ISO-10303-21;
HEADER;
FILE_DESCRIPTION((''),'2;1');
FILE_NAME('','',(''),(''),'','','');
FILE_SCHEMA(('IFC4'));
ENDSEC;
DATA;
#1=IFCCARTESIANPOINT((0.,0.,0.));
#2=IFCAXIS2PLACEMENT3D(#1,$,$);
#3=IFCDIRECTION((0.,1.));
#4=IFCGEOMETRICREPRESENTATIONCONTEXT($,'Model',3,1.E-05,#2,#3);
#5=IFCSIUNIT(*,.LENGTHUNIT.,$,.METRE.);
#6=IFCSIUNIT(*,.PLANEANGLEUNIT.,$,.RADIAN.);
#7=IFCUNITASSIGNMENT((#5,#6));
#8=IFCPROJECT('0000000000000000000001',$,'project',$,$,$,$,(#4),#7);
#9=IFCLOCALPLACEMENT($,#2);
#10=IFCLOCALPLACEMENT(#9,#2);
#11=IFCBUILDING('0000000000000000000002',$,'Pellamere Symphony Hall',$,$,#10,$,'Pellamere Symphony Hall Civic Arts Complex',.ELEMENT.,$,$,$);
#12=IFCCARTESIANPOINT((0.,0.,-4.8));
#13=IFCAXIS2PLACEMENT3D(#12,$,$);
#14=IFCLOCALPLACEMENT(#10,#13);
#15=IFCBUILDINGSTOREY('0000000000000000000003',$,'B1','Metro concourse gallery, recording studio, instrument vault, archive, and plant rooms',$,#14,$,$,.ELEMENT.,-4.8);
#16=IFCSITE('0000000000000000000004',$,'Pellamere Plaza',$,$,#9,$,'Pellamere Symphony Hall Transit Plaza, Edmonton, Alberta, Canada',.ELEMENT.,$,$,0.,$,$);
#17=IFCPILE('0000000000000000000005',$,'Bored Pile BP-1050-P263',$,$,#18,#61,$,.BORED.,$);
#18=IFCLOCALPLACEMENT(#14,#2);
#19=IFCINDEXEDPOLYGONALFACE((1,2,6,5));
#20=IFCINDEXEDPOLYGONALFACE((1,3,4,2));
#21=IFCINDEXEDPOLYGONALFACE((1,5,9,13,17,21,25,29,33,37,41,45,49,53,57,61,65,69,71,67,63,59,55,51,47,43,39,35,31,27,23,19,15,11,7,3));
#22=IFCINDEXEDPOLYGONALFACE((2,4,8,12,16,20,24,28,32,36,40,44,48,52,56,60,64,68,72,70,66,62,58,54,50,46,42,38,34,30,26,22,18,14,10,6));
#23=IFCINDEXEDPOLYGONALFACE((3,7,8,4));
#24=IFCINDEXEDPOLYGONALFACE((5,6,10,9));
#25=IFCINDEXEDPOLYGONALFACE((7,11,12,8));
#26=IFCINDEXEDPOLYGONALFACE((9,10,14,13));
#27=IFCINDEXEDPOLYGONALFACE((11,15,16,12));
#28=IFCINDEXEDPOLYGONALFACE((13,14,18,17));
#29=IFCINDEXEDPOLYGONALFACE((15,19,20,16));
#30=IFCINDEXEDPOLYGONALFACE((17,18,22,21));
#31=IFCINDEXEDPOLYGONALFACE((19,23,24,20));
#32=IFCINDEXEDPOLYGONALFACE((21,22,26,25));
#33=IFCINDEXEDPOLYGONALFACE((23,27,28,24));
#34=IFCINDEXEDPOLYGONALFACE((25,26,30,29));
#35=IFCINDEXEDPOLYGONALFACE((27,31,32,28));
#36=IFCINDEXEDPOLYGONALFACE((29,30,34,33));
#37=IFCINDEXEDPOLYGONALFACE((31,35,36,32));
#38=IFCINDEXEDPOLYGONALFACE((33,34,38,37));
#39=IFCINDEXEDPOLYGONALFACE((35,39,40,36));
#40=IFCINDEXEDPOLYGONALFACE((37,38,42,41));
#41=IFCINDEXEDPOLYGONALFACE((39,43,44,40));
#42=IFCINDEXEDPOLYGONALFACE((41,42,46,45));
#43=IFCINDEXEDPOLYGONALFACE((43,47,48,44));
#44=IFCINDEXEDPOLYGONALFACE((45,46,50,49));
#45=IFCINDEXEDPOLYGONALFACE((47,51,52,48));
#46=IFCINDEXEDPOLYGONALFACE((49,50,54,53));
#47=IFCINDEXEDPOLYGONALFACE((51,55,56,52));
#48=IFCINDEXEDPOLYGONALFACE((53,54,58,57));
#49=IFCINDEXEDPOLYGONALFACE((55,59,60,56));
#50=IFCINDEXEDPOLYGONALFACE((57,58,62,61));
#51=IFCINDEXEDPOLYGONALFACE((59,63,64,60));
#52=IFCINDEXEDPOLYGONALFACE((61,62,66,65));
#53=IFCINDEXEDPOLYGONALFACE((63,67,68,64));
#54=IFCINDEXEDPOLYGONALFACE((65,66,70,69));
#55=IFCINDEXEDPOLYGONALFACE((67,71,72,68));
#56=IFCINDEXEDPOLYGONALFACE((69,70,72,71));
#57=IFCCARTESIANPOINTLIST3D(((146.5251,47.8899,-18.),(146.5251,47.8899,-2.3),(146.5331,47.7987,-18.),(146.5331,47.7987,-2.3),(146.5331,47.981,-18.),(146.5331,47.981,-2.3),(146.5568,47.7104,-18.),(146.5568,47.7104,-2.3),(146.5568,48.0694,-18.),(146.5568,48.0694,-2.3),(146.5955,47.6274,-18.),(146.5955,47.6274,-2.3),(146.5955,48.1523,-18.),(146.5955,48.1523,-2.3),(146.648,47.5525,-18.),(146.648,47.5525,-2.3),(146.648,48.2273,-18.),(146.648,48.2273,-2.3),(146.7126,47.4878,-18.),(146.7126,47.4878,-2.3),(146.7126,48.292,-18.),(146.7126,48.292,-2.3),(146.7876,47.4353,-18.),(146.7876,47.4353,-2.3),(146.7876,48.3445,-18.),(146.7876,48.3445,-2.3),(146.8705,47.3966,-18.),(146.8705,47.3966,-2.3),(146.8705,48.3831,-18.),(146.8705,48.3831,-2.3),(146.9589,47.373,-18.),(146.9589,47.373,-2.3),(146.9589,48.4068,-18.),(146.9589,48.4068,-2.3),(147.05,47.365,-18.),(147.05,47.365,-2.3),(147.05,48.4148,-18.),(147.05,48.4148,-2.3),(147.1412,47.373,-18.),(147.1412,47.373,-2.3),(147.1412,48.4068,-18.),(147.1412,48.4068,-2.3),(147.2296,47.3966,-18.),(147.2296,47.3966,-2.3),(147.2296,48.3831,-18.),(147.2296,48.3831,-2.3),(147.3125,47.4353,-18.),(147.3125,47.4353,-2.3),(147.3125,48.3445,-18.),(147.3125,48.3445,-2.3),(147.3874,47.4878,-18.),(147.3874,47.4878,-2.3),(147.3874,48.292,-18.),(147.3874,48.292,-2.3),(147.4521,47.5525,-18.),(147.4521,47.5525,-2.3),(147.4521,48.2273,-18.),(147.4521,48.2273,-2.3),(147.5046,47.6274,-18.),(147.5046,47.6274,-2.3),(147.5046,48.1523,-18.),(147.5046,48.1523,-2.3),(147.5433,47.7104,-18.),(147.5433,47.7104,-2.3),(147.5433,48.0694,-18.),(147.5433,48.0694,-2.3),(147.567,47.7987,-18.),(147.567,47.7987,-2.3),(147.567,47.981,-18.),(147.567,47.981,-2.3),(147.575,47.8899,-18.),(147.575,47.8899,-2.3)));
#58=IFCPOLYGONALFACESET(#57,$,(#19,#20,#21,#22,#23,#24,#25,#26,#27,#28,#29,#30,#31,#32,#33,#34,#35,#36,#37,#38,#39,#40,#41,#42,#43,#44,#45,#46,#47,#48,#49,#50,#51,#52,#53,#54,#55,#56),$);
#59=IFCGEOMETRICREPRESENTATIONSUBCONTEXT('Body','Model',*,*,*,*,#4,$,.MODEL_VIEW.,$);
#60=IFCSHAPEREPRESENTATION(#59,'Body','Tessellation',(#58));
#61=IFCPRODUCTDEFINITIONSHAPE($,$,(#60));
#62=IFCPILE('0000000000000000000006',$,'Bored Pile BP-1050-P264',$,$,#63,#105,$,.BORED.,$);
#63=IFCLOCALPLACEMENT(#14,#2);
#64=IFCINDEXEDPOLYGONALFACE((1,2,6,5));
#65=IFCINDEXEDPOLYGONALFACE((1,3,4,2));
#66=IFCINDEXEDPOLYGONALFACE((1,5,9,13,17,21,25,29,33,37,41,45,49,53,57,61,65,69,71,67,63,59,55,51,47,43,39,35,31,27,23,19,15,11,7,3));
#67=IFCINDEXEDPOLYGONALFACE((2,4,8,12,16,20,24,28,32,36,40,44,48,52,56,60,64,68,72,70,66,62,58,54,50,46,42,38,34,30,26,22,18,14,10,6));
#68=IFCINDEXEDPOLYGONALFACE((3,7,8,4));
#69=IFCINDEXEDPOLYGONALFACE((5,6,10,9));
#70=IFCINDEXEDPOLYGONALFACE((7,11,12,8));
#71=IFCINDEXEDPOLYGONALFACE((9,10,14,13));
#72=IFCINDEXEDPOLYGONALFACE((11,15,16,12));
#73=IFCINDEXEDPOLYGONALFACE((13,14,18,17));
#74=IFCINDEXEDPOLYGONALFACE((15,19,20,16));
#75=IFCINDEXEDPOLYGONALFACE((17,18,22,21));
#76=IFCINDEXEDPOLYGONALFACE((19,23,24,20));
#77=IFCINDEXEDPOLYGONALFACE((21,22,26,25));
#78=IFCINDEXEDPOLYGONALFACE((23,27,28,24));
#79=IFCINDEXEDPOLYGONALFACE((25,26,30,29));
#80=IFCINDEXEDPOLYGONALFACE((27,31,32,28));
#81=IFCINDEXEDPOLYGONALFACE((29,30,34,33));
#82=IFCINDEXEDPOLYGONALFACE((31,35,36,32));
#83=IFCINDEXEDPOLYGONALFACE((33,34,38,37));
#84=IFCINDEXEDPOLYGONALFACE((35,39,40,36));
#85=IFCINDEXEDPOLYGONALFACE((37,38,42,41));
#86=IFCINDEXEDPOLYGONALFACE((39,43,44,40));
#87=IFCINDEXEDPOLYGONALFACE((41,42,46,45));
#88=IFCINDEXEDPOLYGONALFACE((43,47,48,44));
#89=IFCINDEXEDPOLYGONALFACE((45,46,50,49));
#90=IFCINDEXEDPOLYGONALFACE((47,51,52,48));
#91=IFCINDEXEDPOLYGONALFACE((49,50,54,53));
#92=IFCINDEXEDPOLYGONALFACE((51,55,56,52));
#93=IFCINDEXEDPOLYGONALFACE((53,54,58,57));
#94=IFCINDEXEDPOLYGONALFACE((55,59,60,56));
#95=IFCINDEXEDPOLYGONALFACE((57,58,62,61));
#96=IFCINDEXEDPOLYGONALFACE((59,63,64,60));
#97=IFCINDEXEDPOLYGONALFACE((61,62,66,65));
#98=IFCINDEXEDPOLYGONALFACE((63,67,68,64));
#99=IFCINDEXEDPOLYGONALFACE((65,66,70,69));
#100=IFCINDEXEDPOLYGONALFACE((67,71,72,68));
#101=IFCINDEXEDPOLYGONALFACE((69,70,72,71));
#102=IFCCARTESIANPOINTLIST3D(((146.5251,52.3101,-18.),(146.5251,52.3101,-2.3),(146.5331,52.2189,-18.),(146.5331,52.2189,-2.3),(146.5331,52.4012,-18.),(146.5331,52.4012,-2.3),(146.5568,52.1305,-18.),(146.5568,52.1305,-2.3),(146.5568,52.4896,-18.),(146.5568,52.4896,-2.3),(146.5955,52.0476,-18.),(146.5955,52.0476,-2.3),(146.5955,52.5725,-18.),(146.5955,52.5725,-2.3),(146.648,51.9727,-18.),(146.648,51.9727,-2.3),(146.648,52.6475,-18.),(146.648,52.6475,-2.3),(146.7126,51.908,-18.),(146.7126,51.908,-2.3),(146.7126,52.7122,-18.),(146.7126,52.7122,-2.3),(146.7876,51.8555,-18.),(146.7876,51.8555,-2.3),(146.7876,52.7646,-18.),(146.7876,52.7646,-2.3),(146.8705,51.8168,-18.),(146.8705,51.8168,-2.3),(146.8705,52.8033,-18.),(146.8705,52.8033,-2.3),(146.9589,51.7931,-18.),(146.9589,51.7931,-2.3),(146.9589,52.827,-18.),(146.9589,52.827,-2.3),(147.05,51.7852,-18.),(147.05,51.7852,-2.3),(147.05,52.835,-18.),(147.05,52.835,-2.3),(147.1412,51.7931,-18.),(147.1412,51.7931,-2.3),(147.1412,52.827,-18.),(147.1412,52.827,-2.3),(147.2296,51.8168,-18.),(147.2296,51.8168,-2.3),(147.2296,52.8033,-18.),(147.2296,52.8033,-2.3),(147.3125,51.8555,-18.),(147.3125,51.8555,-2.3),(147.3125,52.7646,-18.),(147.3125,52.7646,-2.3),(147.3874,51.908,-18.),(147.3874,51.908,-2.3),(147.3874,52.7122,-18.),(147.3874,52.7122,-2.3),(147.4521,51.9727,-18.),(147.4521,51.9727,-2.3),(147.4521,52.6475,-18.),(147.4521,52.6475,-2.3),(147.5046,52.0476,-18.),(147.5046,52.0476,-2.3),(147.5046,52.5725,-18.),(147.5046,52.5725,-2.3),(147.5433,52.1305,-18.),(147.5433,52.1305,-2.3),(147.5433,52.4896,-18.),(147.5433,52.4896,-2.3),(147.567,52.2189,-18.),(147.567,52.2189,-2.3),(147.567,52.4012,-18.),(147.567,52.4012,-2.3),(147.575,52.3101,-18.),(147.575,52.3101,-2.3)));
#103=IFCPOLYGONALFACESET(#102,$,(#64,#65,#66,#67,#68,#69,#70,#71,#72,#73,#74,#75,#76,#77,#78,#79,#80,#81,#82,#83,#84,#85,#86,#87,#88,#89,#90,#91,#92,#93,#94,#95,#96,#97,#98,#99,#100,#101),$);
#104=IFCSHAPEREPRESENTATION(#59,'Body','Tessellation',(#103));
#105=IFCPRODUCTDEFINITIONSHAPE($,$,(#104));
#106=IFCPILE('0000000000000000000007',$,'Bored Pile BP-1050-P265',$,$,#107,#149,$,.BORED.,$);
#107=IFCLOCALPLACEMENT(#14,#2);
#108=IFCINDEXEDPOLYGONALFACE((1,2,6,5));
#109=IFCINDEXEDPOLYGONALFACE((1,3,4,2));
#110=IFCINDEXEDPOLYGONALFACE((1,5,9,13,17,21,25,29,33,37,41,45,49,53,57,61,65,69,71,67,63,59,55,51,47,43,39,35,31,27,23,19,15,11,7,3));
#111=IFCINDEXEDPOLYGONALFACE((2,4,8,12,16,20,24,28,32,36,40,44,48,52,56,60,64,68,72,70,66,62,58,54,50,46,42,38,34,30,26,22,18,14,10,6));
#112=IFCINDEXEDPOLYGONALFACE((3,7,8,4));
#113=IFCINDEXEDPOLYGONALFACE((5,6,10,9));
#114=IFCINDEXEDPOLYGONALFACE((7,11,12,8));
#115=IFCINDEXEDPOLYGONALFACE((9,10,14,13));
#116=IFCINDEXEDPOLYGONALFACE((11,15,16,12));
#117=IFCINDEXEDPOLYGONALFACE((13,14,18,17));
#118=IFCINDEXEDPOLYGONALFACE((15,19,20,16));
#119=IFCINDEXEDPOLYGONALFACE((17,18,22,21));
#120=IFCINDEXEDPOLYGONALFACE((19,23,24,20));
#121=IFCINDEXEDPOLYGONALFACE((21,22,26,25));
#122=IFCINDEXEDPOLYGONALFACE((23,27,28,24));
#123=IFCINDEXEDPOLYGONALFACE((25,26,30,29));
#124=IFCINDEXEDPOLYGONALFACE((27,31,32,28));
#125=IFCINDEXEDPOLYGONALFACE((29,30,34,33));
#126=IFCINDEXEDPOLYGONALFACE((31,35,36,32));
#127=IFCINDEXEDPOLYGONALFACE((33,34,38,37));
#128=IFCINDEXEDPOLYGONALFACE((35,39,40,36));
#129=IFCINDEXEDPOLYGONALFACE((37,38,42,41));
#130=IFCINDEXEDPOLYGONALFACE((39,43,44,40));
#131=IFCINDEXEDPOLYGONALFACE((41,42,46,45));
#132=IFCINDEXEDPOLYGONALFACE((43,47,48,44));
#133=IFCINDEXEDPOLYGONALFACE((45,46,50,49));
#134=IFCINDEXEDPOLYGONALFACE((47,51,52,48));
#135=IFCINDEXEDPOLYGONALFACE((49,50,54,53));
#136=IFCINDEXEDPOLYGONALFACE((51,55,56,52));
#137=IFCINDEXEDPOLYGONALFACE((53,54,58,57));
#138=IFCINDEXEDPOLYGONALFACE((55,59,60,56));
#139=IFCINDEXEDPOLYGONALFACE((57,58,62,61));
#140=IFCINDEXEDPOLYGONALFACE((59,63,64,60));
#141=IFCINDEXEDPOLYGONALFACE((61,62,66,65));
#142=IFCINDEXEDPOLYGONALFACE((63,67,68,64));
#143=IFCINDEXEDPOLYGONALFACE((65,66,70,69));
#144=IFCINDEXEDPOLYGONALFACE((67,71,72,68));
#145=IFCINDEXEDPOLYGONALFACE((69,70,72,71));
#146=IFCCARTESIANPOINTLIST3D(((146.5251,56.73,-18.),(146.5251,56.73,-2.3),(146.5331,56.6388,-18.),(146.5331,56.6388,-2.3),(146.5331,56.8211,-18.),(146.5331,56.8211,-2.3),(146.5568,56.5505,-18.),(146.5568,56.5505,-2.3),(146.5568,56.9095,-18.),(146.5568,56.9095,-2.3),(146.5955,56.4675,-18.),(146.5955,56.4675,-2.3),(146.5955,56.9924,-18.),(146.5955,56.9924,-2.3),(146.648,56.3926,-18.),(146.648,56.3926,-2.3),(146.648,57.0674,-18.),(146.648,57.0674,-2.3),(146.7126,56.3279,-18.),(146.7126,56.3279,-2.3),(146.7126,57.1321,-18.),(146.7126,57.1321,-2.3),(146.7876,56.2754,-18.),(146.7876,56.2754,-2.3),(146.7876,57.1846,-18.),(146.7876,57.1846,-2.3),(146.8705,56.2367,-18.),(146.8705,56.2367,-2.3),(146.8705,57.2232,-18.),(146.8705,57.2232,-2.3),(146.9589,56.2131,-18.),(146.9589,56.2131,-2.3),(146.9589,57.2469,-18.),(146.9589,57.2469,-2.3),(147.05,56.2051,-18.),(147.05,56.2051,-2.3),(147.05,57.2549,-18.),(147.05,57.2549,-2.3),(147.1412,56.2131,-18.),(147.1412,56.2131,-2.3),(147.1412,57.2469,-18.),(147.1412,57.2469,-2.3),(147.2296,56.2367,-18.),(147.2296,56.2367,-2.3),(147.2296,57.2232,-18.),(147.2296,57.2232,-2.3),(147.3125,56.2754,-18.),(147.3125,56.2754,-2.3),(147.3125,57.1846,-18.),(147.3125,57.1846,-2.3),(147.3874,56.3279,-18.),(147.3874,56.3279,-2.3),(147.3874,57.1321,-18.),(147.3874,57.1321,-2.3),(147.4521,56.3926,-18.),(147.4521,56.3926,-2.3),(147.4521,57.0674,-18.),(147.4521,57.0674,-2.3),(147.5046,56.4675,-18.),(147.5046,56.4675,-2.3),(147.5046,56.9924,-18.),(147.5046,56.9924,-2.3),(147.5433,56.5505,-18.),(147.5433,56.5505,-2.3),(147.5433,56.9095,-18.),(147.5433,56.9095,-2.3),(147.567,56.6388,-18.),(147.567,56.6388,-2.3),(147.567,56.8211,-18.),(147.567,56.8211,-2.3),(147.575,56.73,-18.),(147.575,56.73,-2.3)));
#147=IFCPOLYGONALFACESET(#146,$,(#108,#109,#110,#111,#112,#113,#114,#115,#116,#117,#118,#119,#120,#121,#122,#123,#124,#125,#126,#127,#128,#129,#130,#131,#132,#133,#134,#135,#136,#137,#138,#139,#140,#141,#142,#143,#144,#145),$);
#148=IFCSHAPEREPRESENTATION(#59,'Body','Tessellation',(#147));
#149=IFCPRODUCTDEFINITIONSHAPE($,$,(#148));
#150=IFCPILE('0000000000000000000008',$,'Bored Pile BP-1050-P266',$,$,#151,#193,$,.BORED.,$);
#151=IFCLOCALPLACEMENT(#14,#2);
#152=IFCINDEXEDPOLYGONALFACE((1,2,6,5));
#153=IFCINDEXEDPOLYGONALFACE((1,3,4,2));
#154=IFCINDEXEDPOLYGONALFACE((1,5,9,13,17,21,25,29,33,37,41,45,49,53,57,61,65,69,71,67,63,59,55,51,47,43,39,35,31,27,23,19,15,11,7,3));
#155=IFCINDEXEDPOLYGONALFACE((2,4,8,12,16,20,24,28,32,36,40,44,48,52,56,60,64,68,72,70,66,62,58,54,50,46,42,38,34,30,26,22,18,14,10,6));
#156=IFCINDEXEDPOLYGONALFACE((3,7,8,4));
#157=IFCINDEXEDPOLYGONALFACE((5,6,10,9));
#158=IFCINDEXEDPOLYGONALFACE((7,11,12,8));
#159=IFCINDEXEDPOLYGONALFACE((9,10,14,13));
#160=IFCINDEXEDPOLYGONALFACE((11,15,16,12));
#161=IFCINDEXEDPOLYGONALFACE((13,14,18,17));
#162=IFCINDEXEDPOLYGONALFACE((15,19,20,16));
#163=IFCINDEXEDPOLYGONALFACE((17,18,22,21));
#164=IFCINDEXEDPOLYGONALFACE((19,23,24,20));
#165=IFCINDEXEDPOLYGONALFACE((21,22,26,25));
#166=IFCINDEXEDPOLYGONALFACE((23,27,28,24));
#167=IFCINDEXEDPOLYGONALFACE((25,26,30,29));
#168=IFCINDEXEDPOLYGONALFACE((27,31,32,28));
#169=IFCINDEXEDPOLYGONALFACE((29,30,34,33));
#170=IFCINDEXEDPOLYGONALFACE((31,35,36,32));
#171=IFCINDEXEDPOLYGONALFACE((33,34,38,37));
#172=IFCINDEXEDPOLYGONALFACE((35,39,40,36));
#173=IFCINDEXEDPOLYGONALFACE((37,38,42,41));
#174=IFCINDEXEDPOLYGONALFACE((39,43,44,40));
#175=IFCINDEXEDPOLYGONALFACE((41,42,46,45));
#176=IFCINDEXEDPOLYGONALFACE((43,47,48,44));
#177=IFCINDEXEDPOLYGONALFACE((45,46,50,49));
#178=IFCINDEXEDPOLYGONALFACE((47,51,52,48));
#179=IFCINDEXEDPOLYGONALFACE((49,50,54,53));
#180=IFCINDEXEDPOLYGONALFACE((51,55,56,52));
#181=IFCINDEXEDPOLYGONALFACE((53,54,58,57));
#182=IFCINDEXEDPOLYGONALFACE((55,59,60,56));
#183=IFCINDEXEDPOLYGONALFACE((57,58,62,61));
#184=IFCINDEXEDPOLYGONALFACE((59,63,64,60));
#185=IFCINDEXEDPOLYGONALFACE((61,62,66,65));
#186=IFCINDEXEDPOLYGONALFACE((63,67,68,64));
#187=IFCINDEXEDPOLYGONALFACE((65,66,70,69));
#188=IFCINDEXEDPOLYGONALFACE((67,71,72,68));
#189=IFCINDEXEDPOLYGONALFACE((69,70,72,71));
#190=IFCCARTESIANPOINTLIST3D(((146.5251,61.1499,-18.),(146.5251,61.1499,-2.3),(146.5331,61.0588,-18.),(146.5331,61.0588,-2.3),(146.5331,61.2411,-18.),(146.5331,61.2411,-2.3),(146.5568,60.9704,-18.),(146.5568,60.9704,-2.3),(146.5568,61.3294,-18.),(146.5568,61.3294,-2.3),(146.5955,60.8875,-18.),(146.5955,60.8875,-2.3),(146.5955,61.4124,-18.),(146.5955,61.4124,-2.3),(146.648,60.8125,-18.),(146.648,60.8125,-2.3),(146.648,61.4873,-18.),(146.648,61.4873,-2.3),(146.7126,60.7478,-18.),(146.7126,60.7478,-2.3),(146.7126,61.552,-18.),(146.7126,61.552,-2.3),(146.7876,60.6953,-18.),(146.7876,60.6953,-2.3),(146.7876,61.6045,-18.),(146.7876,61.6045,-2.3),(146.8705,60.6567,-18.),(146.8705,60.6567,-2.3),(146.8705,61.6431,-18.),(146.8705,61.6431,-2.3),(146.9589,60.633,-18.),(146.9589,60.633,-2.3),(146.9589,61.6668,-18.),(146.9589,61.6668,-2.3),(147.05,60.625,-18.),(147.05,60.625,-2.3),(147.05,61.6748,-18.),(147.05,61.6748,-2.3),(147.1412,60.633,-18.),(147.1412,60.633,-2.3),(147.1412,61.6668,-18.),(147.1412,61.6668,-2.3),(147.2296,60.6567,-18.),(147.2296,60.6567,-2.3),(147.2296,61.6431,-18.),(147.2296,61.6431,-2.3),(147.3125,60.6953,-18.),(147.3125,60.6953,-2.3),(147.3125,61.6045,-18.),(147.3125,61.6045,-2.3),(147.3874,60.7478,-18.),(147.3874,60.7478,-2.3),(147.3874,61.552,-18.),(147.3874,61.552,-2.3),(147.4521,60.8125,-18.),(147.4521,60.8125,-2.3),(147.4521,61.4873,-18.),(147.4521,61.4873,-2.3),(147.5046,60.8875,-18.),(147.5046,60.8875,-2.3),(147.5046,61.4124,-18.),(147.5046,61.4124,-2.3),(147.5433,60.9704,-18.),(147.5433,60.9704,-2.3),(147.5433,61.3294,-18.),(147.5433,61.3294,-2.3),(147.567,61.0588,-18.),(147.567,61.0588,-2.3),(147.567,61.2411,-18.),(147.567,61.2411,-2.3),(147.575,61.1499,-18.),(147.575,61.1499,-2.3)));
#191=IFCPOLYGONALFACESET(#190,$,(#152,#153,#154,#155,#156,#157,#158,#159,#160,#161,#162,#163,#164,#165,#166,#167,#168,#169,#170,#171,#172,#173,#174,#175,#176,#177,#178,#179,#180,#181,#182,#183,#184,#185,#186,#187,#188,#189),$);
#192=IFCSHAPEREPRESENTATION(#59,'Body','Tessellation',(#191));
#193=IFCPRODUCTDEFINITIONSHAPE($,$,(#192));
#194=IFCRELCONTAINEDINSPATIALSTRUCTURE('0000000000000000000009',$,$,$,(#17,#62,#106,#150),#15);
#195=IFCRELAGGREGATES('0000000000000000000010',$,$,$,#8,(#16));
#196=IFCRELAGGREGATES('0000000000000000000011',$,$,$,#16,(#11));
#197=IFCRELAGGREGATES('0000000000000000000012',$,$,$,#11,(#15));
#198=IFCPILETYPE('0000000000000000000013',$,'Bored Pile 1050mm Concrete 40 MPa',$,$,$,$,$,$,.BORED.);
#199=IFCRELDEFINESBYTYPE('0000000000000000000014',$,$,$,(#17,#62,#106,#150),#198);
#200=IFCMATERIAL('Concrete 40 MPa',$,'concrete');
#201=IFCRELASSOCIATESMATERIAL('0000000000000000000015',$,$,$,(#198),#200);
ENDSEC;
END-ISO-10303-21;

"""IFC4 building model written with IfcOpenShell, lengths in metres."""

from ifc_helpers import new_model, si_unit, direction, frame, origin, origin_2d, place, context, subcontext, project, spatial, circle, extrude, material, material_profile, profile_set, type_object, element, save


model = new_model("IFC4")

# Units and contexts
model_context = context("Model", 3, precision=1e-05, world=origin(), true_north=direction((0.0, 1.0)))
body_context = subcontext(model_context, "Body", "Model", "MODEL_VIEW")
ifc_project = project(units=[si_unit("LENGTHUNIT", "METRE"), si_unit("PLANEANGLEUNIT", "RADIAN")], contexts=[model_context])

# Site, building, storey
site_placement = place(None, origin())
site = spatial("IfcSite", under=ifc_project, at=site_placement, Name="Pellamere Plaza", LongName="Pellamere Symphony Hall Transit Plaza, Edmonton, Alberta, Canada", CompositionType="ELEMENT", RefElevation=0.0)
building_placement = place(site_placement, origin())
building = spatial("IfcBuilding", under=site, at=building_placement, Name="Pellamere Symphony Hall", LongName="Pellamere Symphony Hall Civic Arts Complex", CompositionType="ELEMENT")
storey_placement = place(building_placement, frame((0.0, 0.0, -4.8)))
storey = spatial("IfcBuildingStorey", under=building, at=storey_placement, Name="B1", Description="Metro concourse gallery, recording studio, instrument vault, archive, and plant rooms", CompositionType="ELEMENT", Elevation=-4.8)

# Piles
ifc_material_1 = material(Name="Concrete 40 MPa", Category="concrete")
ifc_material_profile_1 = material_profile(ifc_material_1, circle(Radius=0.5249, at=origin_2d()), Name="PILE D1050")
ifc_profile_set_1 = profile_set([ifc_material_profile_1], Name="Concrete 40 MPa")
pile_type_1 = type_object("IfcPileType", Name="Bored Pile 1050mm Concrete 40 MPa", PredefinedType="BORED", material=ifc_profile_set_1)
for number, where, z_axis, x_axis, name in (
    (1, (147.05, 47.8899, -2.3), (0.0, 0.0, -1.0), (1.0, 0.0, 0.0), "Bored Pile BP-1050-P263"),
    (2, (147.05, 52.3101, -2.3), (0.0, 0.0, -1.0), (1.0, 0.0, 0.0), "Bored Pile BP-1050-P264"),
    (3, (147.05, 56.73, -2.3), (0.0, 0.0, -1.0), (1.0, 0.0, 0.0), "Bored Pile BP-1050-P265"),
    (4, (147.05, 61.1499, -2.3), (0.0, 0.0, -1.0), (1.0, 0.0, 0.0), "Bored Pile BP-1050-P266"),
):
    element("IfcPile", number, at=place(storey_placement, frame(where, z_axis=z_axis, x_axis=x_axis)), inside=storey, type_object=pile_type_1, Name=name, PredefinedType="BORED", context=body_context, shape_type="SweptSolid", body=[
        extrude(circle(Radius=0.5249, at=origin_2d()), origin(), (0.0, 0.0, 1.0), 15.7),
    ])

save(model, "model.ifc")
